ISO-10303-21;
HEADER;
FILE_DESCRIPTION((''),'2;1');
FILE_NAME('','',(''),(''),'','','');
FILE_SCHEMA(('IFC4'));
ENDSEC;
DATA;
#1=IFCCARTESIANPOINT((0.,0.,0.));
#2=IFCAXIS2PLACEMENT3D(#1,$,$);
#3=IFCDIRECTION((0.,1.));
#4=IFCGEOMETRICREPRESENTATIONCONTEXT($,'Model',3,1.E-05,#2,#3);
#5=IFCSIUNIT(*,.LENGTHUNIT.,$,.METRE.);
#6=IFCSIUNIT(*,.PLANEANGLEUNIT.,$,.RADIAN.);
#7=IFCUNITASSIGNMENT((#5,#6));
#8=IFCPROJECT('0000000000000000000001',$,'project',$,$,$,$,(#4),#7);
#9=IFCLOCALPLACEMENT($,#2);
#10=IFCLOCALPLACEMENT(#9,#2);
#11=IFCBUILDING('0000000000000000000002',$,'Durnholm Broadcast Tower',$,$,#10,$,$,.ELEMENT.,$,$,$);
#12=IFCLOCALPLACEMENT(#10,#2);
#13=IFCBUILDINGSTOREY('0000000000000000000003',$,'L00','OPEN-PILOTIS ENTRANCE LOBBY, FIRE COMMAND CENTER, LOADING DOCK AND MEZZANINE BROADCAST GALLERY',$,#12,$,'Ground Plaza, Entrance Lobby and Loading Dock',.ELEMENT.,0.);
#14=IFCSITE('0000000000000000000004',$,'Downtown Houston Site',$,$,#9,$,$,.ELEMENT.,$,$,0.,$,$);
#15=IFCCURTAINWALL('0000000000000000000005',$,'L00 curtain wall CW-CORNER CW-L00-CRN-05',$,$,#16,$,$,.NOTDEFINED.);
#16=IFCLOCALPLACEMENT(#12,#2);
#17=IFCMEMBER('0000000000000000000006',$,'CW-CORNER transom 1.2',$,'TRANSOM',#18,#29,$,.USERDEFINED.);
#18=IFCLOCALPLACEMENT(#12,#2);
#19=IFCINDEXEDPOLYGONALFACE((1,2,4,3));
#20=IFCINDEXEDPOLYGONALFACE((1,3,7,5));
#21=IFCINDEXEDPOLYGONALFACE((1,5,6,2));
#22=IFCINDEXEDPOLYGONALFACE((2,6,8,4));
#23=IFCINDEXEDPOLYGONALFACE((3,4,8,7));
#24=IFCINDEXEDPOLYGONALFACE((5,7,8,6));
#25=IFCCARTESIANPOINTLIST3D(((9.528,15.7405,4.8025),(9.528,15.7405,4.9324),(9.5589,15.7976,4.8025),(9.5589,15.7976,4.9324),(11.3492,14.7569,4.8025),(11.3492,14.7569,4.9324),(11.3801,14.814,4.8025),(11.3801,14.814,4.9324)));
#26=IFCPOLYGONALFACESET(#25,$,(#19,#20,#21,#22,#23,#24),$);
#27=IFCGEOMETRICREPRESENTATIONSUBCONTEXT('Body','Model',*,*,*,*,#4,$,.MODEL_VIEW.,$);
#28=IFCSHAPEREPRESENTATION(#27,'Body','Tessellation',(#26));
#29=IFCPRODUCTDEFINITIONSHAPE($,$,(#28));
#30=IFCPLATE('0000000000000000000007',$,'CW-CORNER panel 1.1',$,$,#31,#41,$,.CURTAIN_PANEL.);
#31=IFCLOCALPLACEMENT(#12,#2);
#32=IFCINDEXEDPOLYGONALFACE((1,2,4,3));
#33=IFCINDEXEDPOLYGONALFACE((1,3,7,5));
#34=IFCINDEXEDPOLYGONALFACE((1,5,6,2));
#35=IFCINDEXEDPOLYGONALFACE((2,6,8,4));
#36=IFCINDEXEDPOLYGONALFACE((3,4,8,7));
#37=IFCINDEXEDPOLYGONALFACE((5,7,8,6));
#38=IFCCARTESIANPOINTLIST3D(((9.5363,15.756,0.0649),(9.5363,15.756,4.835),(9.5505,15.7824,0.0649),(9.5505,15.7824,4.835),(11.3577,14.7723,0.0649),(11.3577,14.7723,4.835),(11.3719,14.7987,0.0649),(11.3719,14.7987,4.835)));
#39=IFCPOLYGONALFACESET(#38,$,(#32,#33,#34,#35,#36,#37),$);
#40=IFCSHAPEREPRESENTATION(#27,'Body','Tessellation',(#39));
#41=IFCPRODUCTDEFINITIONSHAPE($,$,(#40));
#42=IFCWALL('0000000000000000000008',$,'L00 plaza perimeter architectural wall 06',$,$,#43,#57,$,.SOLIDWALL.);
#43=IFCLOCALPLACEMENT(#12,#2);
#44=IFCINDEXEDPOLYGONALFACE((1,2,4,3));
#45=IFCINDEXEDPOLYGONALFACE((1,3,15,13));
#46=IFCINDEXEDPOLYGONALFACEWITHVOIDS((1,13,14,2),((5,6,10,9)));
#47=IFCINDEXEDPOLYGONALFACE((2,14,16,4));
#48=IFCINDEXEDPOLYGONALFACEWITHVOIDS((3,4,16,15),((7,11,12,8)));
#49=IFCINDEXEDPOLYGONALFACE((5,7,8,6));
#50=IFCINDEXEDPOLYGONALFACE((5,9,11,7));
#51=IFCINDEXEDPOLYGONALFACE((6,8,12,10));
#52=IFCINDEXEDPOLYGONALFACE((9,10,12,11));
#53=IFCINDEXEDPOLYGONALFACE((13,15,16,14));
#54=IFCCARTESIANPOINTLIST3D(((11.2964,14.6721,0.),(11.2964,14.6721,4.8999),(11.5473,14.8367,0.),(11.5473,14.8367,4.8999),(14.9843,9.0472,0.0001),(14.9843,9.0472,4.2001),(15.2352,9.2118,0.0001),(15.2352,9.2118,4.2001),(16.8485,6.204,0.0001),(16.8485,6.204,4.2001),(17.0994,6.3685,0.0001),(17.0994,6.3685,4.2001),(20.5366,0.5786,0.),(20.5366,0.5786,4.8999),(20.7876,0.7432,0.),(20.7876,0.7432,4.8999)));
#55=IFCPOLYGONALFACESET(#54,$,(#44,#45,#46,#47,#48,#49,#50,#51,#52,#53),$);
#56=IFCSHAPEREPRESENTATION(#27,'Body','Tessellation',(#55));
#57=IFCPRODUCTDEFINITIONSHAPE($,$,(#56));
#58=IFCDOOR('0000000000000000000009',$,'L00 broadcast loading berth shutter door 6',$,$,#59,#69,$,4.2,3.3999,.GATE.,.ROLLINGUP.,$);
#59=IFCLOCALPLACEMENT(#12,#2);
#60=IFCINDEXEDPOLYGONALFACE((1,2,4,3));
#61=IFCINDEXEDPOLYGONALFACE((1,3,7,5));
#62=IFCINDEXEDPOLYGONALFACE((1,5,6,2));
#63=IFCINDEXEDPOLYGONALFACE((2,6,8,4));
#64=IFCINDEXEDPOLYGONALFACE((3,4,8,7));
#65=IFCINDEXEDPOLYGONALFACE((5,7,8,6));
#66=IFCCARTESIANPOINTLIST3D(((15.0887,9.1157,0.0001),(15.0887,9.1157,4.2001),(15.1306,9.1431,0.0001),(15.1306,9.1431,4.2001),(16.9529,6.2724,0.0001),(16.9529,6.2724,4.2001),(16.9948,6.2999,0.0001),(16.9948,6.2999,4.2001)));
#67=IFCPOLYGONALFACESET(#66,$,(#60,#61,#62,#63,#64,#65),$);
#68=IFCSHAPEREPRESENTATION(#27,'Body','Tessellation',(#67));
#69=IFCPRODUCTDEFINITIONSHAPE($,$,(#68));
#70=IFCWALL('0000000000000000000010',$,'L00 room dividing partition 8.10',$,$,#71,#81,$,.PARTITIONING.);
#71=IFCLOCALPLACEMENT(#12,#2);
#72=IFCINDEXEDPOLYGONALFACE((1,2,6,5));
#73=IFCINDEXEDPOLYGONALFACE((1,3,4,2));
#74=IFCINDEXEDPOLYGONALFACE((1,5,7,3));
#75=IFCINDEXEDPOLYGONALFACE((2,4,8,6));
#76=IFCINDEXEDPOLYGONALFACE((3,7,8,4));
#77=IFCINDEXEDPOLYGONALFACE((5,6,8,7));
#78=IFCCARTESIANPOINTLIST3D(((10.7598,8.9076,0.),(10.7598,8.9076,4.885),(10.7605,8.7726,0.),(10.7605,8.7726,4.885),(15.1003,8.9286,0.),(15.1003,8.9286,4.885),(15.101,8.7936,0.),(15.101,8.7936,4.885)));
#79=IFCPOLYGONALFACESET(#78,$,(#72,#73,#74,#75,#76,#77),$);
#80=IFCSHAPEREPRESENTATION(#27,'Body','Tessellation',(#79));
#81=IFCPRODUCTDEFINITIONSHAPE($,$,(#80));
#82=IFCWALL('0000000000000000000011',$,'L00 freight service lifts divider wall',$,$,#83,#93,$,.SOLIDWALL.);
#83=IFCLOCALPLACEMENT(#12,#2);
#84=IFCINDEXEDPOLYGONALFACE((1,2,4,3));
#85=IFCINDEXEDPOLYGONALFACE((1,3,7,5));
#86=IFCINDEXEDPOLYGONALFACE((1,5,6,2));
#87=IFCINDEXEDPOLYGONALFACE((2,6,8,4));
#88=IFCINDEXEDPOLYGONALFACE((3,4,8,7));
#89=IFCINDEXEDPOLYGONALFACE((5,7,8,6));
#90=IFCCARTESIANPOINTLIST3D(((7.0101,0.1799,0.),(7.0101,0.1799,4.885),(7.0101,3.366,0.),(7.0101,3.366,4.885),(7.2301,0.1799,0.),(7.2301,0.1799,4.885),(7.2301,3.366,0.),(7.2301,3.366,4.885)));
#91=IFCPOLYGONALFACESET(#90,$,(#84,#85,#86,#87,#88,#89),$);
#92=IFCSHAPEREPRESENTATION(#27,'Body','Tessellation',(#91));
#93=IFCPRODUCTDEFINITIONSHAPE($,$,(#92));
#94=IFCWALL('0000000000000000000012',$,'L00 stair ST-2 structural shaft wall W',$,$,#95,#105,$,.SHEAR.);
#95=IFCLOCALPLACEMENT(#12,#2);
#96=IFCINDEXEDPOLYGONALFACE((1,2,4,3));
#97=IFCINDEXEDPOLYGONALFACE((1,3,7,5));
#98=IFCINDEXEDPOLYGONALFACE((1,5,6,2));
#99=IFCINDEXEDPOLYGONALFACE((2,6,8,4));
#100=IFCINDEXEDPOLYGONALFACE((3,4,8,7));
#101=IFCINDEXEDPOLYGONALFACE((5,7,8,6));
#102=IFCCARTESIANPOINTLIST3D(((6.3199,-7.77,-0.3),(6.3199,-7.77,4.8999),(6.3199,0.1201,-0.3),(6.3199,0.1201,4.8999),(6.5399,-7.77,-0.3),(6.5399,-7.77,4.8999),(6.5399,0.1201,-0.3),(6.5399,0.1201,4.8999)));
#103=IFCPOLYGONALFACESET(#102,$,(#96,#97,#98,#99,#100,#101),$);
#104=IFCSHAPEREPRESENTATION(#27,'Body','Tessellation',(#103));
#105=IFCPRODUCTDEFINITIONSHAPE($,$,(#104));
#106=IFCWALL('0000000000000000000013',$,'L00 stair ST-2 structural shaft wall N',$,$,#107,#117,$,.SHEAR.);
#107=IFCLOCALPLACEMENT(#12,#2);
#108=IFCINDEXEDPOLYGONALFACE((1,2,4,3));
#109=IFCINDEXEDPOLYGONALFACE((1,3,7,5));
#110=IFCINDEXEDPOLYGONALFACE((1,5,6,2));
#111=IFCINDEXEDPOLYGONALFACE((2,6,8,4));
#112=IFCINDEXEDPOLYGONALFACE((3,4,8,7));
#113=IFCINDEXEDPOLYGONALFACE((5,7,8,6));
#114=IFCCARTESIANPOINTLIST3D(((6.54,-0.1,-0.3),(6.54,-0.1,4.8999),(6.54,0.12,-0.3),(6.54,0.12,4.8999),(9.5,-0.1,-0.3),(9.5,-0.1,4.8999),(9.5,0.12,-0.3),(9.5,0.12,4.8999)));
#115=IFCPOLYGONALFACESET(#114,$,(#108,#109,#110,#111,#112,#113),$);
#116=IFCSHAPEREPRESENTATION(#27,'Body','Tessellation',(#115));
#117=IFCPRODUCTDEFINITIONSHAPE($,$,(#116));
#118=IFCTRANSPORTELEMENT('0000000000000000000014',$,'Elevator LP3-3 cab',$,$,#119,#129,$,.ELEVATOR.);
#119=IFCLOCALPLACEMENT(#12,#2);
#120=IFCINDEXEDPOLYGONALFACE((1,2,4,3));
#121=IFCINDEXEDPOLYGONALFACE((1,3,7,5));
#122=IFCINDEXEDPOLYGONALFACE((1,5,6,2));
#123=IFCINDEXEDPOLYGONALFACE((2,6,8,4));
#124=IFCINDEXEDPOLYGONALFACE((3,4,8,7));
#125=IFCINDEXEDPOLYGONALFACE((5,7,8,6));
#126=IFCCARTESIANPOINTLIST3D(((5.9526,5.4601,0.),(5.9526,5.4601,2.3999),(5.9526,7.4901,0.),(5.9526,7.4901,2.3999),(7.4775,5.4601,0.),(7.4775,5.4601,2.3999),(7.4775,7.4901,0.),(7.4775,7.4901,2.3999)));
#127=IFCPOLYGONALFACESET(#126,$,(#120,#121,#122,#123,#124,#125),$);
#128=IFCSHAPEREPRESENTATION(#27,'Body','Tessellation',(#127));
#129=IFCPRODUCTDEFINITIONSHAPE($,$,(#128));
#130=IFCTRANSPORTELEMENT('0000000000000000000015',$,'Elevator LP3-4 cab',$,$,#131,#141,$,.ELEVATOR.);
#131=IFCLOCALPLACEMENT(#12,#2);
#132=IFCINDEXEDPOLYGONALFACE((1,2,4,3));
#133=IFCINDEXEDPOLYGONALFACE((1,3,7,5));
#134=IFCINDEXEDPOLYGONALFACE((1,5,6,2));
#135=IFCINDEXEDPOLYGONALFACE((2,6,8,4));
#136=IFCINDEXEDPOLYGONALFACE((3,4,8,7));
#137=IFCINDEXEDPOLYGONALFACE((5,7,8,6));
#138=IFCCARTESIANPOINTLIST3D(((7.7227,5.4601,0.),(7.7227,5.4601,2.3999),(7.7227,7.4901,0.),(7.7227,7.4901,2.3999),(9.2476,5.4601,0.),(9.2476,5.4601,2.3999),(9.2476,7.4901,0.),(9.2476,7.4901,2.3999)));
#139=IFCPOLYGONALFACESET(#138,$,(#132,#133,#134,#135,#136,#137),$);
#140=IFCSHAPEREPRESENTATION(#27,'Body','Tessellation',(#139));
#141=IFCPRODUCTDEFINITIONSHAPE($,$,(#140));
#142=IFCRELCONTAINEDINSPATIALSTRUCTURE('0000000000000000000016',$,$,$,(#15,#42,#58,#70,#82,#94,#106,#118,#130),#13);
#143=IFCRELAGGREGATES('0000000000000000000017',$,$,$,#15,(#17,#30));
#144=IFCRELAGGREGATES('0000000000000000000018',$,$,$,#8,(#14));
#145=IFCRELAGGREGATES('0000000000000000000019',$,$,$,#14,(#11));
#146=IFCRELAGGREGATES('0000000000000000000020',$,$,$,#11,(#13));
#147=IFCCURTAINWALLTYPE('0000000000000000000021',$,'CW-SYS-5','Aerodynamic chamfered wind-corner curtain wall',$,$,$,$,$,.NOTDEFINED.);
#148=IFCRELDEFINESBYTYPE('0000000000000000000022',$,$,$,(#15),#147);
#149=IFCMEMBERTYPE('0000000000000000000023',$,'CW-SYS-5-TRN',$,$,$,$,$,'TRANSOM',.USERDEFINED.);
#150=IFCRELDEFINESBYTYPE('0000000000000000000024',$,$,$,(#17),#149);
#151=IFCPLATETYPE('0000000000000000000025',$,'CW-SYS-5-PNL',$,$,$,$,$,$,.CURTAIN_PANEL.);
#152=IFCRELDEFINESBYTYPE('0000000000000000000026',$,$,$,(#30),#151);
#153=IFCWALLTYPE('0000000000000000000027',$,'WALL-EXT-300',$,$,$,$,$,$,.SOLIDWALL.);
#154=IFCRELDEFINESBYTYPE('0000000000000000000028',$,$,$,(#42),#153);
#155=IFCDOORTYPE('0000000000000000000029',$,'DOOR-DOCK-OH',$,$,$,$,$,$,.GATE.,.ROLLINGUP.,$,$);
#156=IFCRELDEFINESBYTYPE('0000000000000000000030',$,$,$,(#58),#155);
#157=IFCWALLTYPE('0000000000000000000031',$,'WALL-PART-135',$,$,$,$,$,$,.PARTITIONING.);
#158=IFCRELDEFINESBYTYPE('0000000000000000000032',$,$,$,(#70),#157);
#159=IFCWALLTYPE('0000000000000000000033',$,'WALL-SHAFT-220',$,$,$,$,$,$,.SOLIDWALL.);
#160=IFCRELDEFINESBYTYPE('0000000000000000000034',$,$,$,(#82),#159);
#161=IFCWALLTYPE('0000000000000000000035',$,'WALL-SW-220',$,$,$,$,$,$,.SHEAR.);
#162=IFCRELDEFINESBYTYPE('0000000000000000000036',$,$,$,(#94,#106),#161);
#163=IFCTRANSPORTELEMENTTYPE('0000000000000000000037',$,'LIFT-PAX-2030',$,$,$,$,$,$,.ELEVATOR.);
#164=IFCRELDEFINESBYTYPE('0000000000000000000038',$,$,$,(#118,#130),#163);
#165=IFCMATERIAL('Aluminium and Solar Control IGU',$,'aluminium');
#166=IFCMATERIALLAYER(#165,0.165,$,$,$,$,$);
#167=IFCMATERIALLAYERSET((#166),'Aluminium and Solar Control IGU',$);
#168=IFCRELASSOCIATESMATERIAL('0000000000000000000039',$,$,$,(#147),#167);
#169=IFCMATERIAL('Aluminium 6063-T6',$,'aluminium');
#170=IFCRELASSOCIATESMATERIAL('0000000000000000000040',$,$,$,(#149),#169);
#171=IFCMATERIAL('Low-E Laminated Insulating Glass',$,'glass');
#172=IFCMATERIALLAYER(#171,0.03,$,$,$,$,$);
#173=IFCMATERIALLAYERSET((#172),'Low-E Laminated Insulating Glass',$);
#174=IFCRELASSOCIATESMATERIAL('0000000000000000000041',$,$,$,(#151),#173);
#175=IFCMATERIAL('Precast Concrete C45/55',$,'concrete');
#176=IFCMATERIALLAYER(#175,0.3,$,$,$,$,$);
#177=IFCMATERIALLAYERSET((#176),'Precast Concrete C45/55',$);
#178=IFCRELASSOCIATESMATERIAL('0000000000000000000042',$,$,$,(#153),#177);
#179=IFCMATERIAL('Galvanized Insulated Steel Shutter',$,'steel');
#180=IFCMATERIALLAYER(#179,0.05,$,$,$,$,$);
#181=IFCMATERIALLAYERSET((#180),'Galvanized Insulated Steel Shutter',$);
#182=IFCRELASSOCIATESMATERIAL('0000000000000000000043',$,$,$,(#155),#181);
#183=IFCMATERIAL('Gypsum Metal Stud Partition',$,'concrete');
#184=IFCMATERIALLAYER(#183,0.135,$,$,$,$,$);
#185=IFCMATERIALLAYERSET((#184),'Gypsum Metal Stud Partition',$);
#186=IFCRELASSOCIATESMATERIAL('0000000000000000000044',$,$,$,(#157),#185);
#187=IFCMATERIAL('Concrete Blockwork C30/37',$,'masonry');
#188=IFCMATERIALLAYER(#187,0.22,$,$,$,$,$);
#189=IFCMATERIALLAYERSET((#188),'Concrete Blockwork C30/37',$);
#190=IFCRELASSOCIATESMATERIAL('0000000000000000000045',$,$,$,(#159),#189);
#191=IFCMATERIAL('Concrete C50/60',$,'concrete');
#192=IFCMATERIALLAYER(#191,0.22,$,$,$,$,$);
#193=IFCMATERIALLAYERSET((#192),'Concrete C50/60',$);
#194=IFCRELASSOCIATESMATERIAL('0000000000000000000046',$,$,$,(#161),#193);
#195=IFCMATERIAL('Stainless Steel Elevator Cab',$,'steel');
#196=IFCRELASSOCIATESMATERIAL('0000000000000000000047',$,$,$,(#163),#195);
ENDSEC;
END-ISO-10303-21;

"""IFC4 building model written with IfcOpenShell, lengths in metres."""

from ifc_helpers import new_model, si_unit, direction, frame, frame_2d, origin, origin_2d, place, context, subcontext, project, spatial, rectangle, extrude, source, transform, mapped, material, layer, layer_set, material_profile, profile_set, type_object, type_shapes, element, fill, aggregate, save


model = new_model("IFC4")

# Units and contexts
model_context = context("Model", 3, precision=1e-05, world=origin(), true_north=direction((0.0, 1.0)))
body_context = subcontext(model_context, "Body", "Model", "MODEL_VIEW")
ifc_project = project(units=[si_unit("LENGTHUNIT", "METRE"), si_unit("PLANEANGLEUNIT", "RADIAN")], contexts=[model_context])

# Site, building, storey
site_placement = place(None, origin())
site = spatial("IfcSite", under=ifc_project, at=site_placement, Name="Downtown Houston Site", CompositionType="ELEMENT", RefElevation=0.0)
building_placement = place(site_placement, origin())
building = spatial("IfcBuilding", under=site, at=building_placement, Name="Durnholm Broadcast Tower", CompositionType="ELEMENT")
storey_placement = place(building_placement, origin())
storey = spatial("IfcBuildingStorey", under=building, at=storey_placement, Name="L00", Description="OPEN-PILOTIS ENTRANCE LOBBY, FIRE COMMAND CENTER, LOADING DOCK AND MEZZANINE BROADCAST GALLERY", LongName="Ground Plaza, Entrance Lobby and Loading Dock", CompositionType="ELEMENT", Elevation=0.0)

# Curtain wall
ifc_material_1 = material(Name="Aluminium and Solar Control IGU", Category="aluminium")
ifc_layer_1 = layer(ifc_material_1, 0.165)
ifc_layer_set_1 = layer_set([ifc_layer_1], Name="Aluminium and Solar Control IGU")
curtain_wall_type = type_object("IfcCurtainWallType", Name="CW-SYS-5", Description="Aerodynamic chamfered wind-corner curtain wall", PredefinedType="NOTDEFINED", material=ifc_layer_set_1)
curtain_wall_1_placement = place(storey_placement, origin())
curtain_wall_1 = element("IfcCurtainWall", 1, at=curtain_wall_1_placement, inside=storey, type_object=curtain_wall_type, Name="L00 curtain wall CW-CORNER CW-L00-CRN-05", PredefinedType="NOTDEFINED")
ifc_material_2 = material(Name="Aluminium 6063-T6", Category="aluminium")
ifc_material_profile_1 = material_profile(ifc_material_2, rectangle(XDim=0.0649, YDim=0.1299, at=origin_2d()), Name="CWT65X130")
ifc_profile_set_1 = profile_set([ifc_material_profile_1], Name="Aluminium 6063-T6")
member_type_1 = type_object("IfcMemberType", Name="CW-SYS-5-TRN", ElementType="TRANSOM", PredefinedType="USERDEFINED", material=ifc_profile_set_1)

# Member
shared_shape_1 = source(origin(), body_context, "Body", "SweptSolid", [
    extrude(rectangle(XDim=0.0649, YDim=0.1299, at=origin_2d()), origin(), (0.0, 0.0, 1.0), 2.0698),
])
member_1_placement = place(storey_placement, frame((9.5435, 15.769, 4.8674), z_axis=(0.879876, -0.475204, 0.0), x_axis=(0.475204, 0.879876, 0.0)))
member_1 = element("IfcMember", 2, at=member_1_placement, type_object=member_type_1, Name="CW-CORNER transom 1.2", ObjectType="TRANSOM", PredefinedType="USERDEFINED", context=body_context, shape_type="MappedRepresentation", body=[
    mapped(shared_shape_1, transform((0.0, 0.0, 0.0), x_axis=(1.0, 0.0, 0.0), y_axis=(0.0, 1.0, 0.0), z_axis=(0.0, 0.0, 1.0), scale=1.0)),
])

# Plate
ifc_material_3 = material(Name="Low-E Laminated Insulating Glass", Category="glass")
ifc_layer_2 = layer(ifc_material_3, 0.03)
ifc_layer_set_2 = layer_set([ifc_layer_2], Name="Low-E Laminated Insulating Glass")
plate_type = type_object("IfcPlateType", Name="CW-SYS-5-PNL", PredefinedType="CURTAIN_PANEL", material=ifc_layer_set_2)
shared_shape_2 = source(origin(), body_context, "Body", "SweptSolid", [
    extrude(rectangle(XDim=2.0701, YDim=0.03, at=origin_2d()), origin(), (0.0, 0.0, 1.0), 4.77),
])
type_shapes(plate_type, [shared_shape_2])
plate_placement = place(storey_placement, frame((10.4541, 15.2773, 0.0649), z_axis=(0.0, 0.0, 1.0), x_axis=(0.879863, -0.475227, 0.0)))
plate = element("IfcPlate", 3, at=plate_placement, type_object=plate_type, Name="CW-CORNER panel 1.1", PredefinedType="CURTAIN_PANEL", context=body_context, shape_type="MappedRepresentation", body=[
    mapped(shared_shape_2, transform((0.0, 0.0, 0.0), x_axis=(1.0, 0.0, 0.0), y_axis=(0.0, 1.0, 0.0), z_axis=(0.0, 0.0, 1.0), scale=1.0)),
])
aggregate(curtain_wall_1, [member_1, plate])

# Wall, opening, door
ifc_material_4 = material(Name="Precast Concrete C45/55", Category="concrete")
ifc_layer_3 = layer(ifc_material_4, 0.3)
ifc_layer_set_3 = layer_set([ifc_layer_3], Name="Precast Concrete C45/55")
wall_type_1 = type_object("IfcWallType", Name="WALL-EXT-300", PredefinedType="SOLIDWALL", material=ifc_layer_set_3)
ifc_material_5 = material(Name="Galvanized Insulated Steel Shutter", Category="steel")
wall_1_placement = place(storey_placement, frame((11.4219, 14.7544, 0.0), z_axis=(0.0, 0.0, 1.0), x_axis=(0.548299, -0.836283, 0.0)))
wall_1 = element("IfcWall", 4, at=wall_1_placement, inside=storey, type_object=wall_type_1, Name="L00 plaza perimeter architectural wall 06", PredefinedType="SOLIDWALL", context=body_context, shape_type="SweptSolid", body=[
    extrude(rectangle(XDim=16.8525, YDim=0.3, at=frame_2d((8.4263, 0.0))), origin(), (0.0, 0.0, 1.0), 4.8999),
])
opening_1_placement = place(wall_1_placement, frame((6.7261, 0.0, 0.0)))
opening_1 = element("IfcOpeningElement", 5, at=opening_1_placement, cuts=wall_1, PredefinedType="OPENING", context=body_context, shape_type="SweptSolid", body=[
    extrude(rectangle(XDim=3.3999, YDim=4.2, at=frame_2d((1.7, 2.1001))), frame((0.0, 0.1602, 0.0), z_axis=(0.0, -1.0, 0.0), x_axis=(1.0, 0.0, 0.0)), (0.0, 0.0, 1.0), 0.3201),
])
ifc_layer_4 = layer(ifc_material_5, 0.05)
ifc_layer_set_4 = layer_set([ifc_layer_4], Name="Galvanized Insulated Steel Shutter")
door_type_1 = type_object("IfcDoorType", Name="DOOR-DOCK-OH", OperationType="ROLLINGUP", PredefinedType="GATE", material=ifc_layer_set_4)
shared_shape_3 = source(origin(), body_context, "Body", "SweptSolid", [
    extrude(rectangle(XDim=3.3999, YDim=4.2, at=frame_2d((1.7, 2.1001))), frame((0.0, 0.0249, 0.0), z_axis=(0.0, -1.0, 0.0), x_axis=(1.0, 0.0, 0.0)), (0.0, 0.0, 1.0), 0.05),
])
type_shapes(door_type_1, [shared_shape_3])
door_1_placement = place(opening_1_placement, origin())
door_1 = element("IfcDoor", 6, at=door_1_placement, inside=storey, type_object=door_type_1, Name="L00 broadcast loading berth shutter door 6", OperationType="ROLLINGUP", OverallHeight=4.2, OverallWidth=3.3999, PredefinedType="GATE", context=body_context, shape_type="MappedRepresentation", body=[
    mapped(shared_shape_3, transform((0.0, 0.0, 0.0), x_axis=(1.0, 0.0, 0.0), y_axis=(0.0, 1.0, 0.0), z_axis=(0.0, 0.0, 1.0), scale=1.0)),
])
fill(opening_1, door_1)

# Walls
ifc_material_6 = material(Name="Gypsum Metal Stud Partition", Category="concrete")
ifc_layer_5 = layer(ifc_material_6, 0.135)
ifc_layer_set_5 = layer_set([ifc_layer_5], Name="Gypsum Metal Stud Partition")
wall_type_2 = type_object("IfcWallType", Name="WALL-PART-135", PredefinedType="PARTITIONING", material=ifc_layer_set_5)
wall_2_placement = place(storey_placement, frame((10.76, 8.8401, 0.0), z_axis=(0.0, 0.0, 1.0), x_axis=(0.999988, 0.004837, 0.0)))
element("IfcWall", 7, at=wall_2_placement, inside=storey, type_object=wall_type_2, Name="L00 room dividing partition 8.10", PredefinedType="PARTITIONING", context=body_context, shape_type="SweptSolid", body=[
    extrude(rectangle(XDim=4.3406, YDim=0.135, at=frame_2d((2.1704, 0.0))), origin(), (0.0, 0.0, 1.0), 4.885),
])
ifc_material_7 = material(Name="Concrete Blockwork C30/37", Category="masonry")
ifc_layer_6 = layer(ifc_material_7, 0.22)
ifc_layer_set_6 = layer_set([ifc_layer_6], Name="Concrete Blockwork C30/37")
wall_type_3 = type_object("IfcWallType", Name="WALL-SHAFT-220", PredefinedType="SOLIDWALL", material=ifc_layer_set_6)
wall_3_placement = place(storey_placement, frame((7.1201, 0.1799, 0.0), z_axis=(0.0, 0.0, 1.0), x_axis=(0.0, 1.0, 0.0)))
element("IfcWall", 8, at=wall_3_placement, inside=storey, type_object=wall_type_3, Name="L00 freight service lifts divider wall", PredefinedType="SOLIDWALL", context=body_context, shape_type="SweptSolid", body=[
    extrude(rectangle(XDim=3.186, YDim=0.22, at=frame_2d((1.593, 0.0))), origin(), (0.0, 0.0, 1.0), 4.885),
])
ifc_material_8 = material(Name="Concrete C50/60", Category="concrete")
ifc_layer_7 = layer(ifc_material_8, 0.22)
ifc_layer_set_7 = layer_set([ifc_layer_7], Name="Concrete C50/60")
wall_type_4 = type_object("IfcWallType", Name="WALL-SW-220", PredefinedType="SHEAR", material=ifc_layer_set_7)
wall_4_placement = place(storey_placement, frame((6.4299, 0.1201, -0.3), z_axis=(0.0, 0.0, 1.0), x_axis=(0.0, -1.0, 0.0)))
element("IfcWall", 9, at=wall_4_placement, inside=storey, type_object=wall_type_4, Name="L00 stair ST-2 structural shaft wall W", PredefinedType="SHEAR", context=body_context, shape_type="SweptSolid", body=[
    extrude(rectangle(XDim=7.8901, YDim=0.22, at=frame_2d((3.9451, 0.0))), origin(), (0.0, 0.0, 1.0), 5.2),
])
wall_5_placement = place(storey_placement, frame((9.5, 0.01, -0.3), z_axis=(0.0, 0.0, 1.0), x_axis=(-1.0, 0.0, 0.0)))
element("IfcWall", 10, at=wall_5_placement, inside=storey, type_object=wall_type_4, Name="L00 stair ST-2 structural shaft wall N", PredefinedType="SHEAR", context=body_context, shape_type="SweptSolid", body=[
    extrude(rectangle(XDim=2.96, YDim=0.22, at=frame_2d((1.48, 0.0))), origin(), (0.0, 0.0, 1.0), 5.2),
])

# Transport elements
ifc_material_9 = material(Name="Stainless Steel Elevator Cab", Category="steel")
transport_element_type = type_object("IfcTransportElementType", Name="LIFT-PAX-2030", PredefinedType="ELEVATOR", material=ifc_material_9)
for number, where, z_axis, x_axis, name in (
    (11, (6.7151, 6.4751, 0.0), (0.0, 0.0, 1.0), (0.0, 1.0, 0.0), "Elevator LP3-3 cab"),
    (12, (8.4851, 6.4751, 0.0), (0.0, 0.0, 1.0), (0.0, 1.0, 0.0), "Elevator LP3-4 cab"),
):
    element("IfcTransportElement", number, at=place(storey_placement, frame(where, z_axis=z_axis, x_axis=x_axis)), inside=storey, type_object=transport_element_type, Name=name, PredefinedType="ELEVATOR", context=body_context, shape_type="SweptSolid", body=[
        extrude(rectangle(XDim=2.03, YDim=1.5249, at=origin_2d()), origin(), (0.0, 0.0, 1.0), 2.3999),
    ])

save(model, "model.ifc")
